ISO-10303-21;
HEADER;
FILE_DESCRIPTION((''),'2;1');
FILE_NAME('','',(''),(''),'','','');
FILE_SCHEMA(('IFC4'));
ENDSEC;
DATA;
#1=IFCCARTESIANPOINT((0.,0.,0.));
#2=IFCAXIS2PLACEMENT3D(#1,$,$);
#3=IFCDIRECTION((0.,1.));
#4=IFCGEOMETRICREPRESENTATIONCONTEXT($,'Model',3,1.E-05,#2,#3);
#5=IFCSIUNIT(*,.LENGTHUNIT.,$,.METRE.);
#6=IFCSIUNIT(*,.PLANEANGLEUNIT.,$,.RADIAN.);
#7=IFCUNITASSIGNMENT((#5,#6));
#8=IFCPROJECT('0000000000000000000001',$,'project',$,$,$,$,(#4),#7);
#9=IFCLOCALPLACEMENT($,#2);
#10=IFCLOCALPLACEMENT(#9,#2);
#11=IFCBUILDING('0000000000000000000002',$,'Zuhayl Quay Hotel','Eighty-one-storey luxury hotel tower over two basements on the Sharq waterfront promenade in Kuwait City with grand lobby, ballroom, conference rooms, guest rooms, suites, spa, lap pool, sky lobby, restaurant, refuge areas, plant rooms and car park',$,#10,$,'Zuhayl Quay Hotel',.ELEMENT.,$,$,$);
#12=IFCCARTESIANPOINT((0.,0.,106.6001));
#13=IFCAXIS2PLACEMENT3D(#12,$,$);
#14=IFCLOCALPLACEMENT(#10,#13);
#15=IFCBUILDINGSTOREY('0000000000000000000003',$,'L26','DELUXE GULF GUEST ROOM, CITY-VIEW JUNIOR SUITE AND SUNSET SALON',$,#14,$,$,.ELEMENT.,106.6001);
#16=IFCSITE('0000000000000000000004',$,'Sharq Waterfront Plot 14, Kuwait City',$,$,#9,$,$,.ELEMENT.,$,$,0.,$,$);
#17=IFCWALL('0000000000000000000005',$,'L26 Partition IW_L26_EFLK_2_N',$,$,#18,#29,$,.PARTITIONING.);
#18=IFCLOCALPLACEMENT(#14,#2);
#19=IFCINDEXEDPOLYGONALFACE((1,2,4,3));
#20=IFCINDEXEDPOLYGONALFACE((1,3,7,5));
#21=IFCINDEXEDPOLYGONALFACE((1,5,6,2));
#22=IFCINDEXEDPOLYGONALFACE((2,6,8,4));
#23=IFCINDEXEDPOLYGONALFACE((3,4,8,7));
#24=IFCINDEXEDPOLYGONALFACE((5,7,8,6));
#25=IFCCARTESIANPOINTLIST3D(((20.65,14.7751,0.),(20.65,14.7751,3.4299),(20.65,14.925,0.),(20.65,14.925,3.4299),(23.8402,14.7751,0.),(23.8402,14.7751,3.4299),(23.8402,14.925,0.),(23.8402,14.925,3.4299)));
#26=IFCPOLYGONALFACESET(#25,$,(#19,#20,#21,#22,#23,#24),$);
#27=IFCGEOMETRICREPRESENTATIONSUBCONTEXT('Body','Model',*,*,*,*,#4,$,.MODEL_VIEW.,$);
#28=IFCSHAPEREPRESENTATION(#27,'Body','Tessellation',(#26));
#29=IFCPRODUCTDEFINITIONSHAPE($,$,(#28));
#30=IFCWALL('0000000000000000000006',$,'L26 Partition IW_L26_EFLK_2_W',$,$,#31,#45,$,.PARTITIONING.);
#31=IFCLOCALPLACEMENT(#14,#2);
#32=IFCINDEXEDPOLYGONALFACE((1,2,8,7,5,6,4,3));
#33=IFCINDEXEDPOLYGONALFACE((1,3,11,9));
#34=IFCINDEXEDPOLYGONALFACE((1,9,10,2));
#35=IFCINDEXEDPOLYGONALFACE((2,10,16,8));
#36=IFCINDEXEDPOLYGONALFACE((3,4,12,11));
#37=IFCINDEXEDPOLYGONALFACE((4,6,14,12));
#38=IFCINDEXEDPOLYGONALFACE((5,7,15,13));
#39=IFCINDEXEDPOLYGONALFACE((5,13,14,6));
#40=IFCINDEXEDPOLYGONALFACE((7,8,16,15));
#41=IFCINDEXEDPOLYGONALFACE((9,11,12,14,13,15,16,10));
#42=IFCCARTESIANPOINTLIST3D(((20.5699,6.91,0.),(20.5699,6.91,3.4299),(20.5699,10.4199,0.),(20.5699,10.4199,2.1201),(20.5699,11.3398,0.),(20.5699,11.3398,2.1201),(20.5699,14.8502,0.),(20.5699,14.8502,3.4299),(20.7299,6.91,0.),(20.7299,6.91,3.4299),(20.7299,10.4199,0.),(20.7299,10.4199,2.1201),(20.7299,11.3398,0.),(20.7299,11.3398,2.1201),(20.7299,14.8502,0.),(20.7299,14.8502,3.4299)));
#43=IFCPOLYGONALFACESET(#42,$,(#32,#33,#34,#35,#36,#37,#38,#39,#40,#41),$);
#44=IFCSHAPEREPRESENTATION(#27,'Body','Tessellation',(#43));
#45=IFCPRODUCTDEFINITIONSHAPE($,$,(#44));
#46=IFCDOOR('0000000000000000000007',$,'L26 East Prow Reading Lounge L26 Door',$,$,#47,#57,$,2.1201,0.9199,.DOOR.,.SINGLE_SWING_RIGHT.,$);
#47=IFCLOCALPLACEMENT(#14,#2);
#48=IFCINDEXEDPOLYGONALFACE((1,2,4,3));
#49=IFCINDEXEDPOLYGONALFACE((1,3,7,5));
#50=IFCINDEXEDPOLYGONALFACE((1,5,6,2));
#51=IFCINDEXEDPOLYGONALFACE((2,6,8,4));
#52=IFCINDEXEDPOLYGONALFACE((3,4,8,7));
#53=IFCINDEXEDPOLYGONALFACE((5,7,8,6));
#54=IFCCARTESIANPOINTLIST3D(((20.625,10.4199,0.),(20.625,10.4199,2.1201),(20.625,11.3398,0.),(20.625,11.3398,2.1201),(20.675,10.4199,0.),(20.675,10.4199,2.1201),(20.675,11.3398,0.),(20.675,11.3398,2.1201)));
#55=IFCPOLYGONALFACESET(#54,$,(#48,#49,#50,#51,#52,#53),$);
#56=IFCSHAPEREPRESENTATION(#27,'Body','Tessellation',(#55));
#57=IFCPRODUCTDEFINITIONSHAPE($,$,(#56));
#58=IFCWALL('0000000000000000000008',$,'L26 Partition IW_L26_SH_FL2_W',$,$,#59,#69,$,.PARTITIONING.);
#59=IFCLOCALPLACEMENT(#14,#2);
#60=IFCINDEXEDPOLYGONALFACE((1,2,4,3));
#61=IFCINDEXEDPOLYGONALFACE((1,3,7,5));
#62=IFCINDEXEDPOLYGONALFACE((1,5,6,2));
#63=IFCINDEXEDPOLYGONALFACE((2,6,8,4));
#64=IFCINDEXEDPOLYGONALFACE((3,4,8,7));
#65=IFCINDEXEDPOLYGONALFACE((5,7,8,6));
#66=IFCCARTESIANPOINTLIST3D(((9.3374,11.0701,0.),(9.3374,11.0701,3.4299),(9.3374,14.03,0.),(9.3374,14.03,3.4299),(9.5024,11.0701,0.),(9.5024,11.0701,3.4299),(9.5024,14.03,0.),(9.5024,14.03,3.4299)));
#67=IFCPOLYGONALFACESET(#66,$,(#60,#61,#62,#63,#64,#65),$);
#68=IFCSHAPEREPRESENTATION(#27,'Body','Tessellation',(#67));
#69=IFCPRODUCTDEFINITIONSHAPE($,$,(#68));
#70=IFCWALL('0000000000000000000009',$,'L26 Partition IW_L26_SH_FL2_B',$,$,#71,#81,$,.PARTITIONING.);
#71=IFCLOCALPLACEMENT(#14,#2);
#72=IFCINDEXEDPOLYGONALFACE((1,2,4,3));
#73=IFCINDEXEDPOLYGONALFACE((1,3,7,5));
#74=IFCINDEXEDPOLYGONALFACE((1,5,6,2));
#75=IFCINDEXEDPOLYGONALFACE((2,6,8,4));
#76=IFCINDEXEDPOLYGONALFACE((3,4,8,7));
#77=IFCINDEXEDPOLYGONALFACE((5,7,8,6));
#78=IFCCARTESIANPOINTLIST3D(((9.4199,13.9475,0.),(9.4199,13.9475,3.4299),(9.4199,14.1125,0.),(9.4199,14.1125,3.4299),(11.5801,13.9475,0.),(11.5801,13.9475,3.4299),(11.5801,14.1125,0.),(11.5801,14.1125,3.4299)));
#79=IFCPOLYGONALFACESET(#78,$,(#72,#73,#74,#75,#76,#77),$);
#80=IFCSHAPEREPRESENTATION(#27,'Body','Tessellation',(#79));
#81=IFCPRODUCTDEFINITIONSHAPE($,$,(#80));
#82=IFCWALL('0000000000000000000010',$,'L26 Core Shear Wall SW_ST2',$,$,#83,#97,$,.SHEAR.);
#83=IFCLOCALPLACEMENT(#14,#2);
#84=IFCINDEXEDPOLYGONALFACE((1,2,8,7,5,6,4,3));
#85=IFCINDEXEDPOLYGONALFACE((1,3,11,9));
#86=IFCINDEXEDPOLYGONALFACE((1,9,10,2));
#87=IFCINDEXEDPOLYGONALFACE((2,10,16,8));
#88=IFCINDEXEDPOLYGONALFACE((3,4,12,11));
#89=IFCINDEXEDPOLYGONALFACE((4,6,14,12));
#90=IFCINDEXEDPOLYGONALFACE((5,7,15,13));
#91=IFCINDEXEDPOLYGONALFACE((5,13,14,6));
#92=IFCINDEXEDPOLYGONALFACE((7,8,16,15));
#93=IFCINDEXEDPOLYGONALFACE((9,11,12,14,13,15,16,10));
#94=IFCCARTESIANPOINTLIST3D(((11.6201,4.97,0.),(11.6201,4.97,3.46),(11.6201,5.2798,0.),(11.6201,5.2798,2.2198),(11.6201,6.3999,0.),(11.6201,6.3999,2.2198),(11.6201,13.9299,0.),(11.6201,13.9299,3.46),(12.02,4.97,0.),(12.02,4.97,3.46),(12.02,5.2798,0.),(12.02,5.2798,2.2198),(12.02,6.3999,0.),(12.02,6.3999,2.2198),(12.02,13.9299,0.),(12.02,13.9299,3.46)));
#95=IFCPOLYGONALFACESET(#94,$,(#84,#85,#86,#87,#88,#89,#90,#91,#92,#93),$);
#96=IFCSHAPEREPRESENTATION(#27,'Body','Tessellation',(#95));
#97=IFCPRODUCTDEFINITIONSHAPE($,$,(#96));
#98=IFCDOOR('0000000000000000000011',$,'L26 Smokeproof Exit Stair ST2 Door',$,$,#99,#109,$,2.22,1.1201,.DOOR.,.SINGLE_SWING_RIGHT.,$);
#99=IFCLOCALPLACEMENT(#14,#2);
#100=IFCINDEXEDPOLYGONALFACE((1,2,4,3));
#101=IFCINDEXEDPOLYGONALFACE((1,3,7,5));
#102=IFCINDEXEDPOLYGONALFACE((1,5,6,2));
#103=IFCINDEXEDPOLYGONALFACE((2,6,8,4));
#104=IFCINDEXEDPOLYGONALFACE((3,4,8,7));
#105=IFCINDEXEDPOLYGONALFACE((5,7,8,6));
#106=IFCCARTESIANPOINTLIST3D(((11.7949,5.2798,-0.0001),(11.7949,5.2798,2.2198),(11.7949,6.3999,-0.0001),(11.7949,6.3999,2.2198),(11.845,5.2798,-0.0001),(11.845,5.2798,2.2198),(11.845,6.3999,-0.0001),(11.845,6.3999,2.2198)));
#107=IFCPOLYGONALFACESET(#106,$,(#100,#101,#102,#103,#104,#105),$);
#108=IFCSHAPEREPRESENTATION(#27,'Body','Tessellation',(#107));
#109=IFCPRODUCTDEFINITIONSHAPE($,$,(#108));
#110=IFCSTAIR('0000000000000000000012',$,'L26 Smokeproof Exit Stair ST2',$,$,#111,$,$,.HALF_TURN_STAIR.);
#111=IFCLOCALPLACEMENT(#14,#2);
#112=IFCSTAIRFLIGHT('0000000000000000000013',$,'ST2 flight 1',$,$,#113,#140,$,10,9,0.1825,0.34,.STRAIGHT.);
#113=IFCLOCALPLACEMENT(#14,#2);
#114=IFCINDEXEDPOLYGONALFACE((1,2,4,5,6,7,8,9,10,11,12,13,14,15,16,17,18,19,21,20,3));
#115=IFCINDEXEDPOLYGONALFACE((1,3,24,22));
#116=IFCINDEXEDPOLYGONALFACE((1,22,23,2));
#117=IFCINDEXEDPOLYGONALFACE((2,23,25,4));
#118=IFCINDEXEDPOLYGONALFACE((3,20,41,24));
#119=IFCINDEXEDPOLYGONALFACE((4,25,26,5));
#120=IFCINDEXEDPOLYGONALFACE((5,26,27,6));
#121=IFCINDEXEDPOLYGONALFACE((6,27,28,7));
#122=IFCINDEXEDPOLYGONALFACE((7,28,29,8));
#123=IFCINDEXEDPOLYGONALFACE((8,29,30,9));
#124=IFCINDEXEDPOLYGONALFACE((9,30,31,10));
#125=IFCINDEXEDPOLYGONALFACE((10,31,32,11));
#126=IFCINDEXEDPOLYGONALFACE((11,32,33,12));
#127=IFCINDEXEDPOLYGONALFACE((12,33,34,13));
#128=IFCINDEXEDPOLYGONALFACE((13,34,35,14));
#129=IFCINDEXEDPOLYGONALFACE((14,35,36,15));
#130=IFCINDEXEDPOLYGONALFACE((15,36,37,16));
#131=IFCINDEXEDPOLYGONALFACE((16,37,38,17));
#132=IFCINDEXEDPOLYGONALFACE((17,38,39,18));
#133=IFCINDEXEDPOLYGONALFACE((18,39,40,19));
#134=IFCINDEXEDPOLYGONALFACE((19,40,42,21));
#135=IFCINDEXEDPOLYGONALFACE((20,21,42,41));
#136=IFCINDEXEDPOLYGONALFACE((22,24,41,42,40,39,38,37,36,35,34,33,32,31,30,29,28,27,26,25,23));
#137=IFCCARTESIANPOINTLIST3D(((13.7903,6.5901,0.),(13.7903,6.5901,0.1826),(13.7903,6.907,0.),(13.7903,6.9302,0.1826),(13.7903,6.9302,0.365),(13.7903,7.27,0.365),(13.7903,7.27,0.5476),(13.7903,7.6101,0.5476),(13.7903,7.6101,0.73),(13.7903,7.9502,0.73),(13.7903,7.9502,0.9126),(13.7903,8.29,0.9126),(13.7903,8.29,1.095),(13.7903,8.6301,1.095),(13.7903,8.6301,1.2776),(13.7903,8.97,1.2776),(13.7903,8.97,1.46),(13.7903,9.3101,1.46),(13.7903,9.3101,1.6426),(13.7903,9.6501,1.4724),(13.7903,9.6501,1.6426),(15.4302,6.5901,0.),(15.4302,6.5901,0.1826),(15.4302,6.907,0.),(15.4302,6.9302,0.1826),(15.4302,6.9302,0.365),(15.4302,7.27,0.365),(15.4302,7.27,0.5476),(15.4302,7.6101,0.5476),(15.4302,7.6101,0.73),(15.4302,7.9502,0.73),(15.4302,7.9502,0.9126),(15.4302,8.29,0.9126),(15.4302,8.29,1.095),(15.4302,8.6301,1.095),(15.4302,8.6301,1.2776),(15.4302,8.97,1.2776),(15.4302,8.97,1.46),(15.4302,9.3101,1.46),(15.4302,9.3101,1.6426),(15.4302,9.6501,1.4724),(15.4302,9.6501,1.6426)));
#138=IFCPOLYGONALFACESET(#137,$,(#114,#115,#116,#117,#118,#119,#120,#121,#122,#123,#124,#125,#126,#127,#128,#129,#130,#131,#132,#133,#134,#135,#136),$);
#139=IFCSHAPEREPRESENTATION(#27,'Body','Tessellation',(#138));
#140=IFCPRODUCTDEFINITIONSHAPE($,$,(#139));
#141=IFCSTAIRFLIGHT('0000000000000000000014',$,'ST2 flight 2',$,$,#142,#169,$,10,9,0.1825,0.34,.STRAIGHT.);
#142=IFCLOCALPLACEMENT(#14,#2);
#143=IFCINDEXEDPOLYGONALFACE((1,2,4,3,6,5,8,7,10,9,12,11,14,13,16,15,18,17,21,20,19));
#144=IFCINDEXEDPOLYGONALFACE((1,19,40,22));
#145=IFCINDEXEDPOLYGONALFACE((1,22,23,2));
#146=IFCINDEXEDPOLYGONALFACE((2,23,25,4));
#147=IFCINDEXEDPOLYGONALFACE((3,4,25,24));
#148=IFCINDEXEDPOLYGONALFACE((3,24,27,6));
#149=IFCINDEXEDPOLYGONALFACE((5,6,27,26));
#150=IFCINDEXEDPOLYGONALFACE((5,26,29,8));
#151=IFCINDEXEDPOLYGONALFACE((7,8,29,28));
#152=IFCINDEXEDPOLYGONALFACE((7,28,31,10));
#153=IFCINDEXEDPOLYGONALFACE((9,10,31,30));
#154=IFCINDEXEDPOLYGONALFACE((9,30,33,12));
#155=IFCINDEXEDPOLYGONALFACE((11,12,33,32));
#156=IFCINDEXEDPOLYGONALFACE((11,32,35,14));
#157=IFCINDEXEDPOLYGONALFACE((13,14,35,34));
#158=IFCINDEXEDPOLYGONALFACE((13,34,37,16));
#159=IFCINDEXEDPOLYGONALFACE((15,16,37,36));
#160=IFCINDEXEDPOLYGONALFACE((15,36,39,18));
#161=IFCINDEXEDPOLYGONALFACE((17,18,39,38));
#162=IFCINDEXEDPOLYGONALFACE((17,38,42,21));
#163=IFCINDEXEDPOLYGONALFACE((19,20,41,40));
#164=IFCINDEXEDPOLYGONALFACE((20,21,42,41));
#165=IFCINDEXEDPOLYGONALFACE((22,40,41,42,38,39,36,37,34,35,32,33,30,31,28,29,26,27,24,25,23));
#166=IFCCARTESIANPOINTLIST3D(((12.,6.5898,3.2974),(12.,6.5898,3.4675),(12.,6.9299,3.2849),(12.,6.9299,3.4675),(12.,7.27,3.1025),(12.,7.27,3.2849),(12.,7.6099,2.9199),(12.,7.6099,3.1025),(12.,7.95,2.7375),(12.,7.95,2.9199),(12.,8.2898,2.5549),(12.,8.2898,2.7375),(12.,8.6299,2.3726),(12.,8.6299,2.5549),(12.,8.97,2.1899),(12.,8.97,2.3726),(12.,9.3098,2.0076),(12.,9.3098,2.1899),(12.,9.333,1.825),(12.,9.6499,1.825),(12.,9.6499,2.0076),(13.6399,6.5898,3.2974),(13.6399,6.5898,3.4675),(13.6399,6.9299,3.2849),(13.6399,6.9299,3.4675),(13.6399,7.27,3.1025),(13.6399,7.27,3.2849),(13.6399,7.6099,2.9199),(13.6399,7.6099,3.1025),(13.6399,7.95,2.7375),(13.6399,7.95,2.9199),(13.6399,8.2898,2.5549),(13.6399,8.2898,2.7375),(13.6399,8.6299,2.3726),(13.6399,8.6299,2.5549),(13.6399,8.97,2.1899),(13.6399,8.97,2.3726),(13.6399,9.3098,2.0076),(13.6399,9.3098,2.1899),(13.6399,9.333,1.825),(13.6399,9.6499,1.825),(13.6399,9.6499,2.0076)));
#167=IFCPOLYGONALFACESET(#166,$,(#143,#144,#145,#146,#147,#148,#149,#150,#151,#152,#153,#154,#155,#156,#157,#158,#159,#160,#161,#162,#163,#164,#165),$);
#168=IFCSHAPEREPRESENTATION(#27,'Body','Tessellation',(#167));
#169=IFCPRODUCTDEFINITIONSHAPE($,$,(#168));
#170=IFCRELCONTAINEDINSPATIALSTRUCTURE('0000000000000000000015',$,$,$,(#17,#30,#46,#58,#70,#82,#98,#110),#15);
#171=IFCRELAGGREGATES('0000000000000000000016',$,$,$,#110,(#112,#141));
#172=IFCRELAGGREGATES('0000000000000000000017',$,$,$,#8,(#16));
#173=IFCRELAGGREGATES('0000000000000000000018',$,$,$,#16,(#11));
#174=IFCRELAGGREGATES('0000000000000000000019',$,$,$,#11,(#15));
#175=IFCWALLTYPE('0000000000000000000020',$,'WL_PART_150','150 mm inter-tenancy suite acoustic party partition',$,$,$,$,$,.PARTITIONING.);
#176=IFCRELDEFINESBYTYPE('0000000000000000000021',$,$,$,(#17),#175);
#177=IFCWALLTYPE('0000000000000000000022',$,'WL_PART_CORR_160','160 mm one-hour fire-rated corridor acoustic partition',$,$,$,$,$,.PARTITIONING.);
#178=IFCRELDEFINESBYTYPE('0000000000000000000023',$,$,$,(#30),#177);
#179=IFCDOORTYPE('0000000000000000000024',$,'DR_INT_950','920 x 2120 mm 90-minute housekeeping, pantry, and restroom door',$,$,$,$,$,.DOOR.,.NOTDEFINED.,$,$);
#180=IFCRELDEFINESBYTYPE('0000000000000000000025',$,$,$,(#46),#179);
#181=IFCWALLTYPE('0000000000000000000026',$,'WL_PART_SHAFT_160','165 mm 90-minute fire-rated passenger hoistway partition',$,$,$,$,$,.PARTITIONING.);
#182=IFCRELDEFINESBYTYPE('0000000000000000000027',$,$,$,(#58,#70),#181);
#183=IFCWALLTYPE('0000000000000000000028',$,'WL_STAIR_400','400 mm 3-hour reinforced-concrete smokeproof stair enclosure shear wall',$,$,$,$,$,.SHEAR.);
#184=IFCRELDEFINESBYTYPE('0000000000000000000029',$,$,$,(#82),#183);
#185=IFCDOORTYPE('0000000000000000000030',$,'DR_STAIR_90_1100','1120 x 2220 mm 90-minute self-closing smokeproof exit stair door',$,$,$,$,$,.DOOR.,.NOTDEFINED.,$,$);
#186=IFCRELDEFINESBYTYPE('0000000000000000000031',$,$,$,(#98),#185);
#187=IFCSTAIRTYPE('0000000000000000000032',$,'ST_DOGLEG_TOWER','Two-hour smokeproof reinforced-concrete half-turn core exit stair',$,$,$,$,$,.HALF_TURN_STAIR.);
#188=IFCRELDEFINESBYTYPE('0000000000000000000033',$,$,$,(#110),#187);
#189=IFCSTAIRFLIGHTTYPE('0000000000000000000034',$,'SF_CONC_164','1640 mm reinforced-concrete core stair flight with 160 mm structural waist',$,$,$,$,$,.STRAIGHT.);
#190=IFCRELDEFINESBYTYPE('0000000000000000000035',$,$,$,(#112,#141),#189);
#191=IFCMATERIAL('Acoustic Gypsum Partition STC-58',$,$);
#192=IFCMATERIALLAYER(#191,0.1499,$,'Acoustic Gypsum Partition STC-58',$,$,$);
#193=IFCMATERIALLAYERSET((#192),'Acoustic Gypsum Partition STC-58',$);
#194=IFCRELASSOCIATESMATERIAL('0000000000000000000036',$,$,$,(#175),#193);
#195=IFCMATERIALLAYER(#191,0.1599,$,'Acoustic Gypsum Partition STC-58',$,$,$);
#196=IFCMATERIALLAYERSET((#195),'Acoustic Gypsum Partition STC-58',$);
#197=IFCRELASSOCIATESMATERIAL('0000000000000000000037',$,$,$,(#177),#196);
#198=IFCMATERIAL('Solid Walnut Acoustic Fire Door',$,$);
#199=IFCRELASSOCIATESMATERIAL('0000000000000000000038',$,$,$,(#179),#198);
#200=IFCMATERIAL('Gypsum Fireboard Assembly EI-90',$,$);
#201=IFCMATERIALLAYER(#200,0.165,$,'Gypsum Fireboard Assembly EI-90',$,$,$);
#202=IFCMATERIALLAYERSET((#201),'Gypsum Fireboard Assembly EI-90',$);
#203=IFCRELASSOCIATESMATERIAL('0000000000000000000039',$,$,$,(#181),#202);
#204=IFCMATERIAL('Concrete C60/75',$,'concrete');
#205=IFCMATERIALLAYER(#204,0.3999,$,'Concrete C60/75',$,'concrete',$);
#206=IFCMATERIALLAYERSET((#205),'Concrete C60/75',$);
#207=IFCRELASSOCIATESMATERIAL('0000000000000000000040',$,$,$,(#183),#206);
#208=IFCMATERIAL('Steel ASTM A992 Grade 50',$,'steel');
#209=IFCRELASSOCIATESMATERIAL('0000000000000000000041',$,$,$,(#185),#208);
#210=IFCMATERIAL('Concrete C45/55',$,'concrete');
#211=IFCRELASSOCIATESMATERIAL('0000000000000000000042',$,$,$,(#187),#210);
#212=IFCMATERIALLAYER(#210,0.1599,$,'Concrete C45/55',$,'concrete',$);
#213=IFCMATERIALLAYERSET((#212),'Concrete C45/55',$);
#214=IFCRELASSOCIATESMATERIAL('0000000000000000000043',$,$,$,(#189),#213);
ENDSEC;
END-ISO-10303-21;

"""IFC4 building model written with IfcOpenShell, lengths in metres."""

from ifc_helpers import new_model, si_unit, direction, frame, frame_2d, origin, place, context, subcontext, project, spatial, polyline, rectangle, outline, extrude, material, layer, layer_set, type_object, element, fill, aggregate, save


model = new_model("IFC4")

# Units and contexts
model_context = context("Model", 3, precision=1e-05, world=origin(), true_north=direction((0.0, 1.0)))
body_context = subcontext(model_context, "Body", "Model", "MODEL_VIEW")
ifc_project = project(units=[si_unit("LENGTHUNIT", "METRE"), si_unit("PLANEANGLEUNIT", "RADIAN")], contexts=[model_context])

# Site, building, storey
site_placement = place(None, origin())
site = spatial("IfcSite", under=ifc_project, at=site_placement, Name="Sharq Waterfront Plot 14, Kuwait City", CompositionType="ELEMENT", RefElevation=0.0)
building_placement = place(site_placement, origin())
building = spatial("IfcBuilding", under=site, at=building_placement, Name="Zuhayl Quay Hotel", Description="Eighty-one-storey luxury hotel tower over two basements on the Sharq waterfront promenade in Kuwait City with grand lobby, ballroom, conference rooms, guest rooms, suites, spa, lap pool, sky lobby, restaurant, refuge areas, plant rooms and car park", LongName="Zuhayl Quay Hotel", CompositionType="ELEMENT")
storey_placement = place(building_placement, frame((0.0, 0.0, 106.6001)))
storey = spatial("IfcBuildingStorey", under=building, at=storey_placement, Name="L26", Description="DELUXE GULF GUEST ROOM, CITY-VIEW JUNIOR SUITE AND SUNSET SALON", CompositionType="ELEMENT", Elevation=106.6001)

# Shared definitions
ifc_material_1 = material(Name="Steel ASTM A992 Grade 50", Category="steel")

# Shared definitions
ifc_material_2 = material(Name="Concrete C60/75", Category="concrete")

# Wall
ifc_material_3 = material(Name="Acoustic Gypsum Partition STC-58")
ifc_layer_1 = layer(ifc_material_3, 0.1499, Name="Acoustic Gypsum Partition STC-58")
ifc_layer_set_1 = layer_set([ifc_layer_1], Name="Acoustic Gypsum Partition STC-58")
wall_type_1 = type_object("IfcWallType", Name="WL_PART_150", Description="150 mm inter-tenancy suite acoustic party partition", PredefinedType="PARTITIONING", material=ifc_layer_set_1)
wall_1_placement = place(storey_placement, frame((20.6499, 14.8501, 0.0), z_axis=(0.0, 0.0, 1.0), x_axis=(1.0, 0.0, 0.0)))
element("IfcWall", 1, at=wall_1_placement, inside=storey, type_object=wall_type_1, Name="L26 Partition IW_L26_EFLK_2_N", PredefinedType="PARTITIONING", context=body_context, shape_type="SweptSolid", body=[
    extrude(rectangle(XDim=3.1902, YDim=0.1499, at=frame_2d((1.5952, 0.0))), origin(), (0.0, 0.0, 1.0), 3.4299),
])

# Wall, opening, door
ifc_layer_2 = layer(ifc_material_3, 0.1599, Name="Acoustic Gypsum Partition STC-58")
ifc_layer_set_2 = layer_set([ifc_layer_2], Name="Acoustic Gypsum Partition STC-58")
wall_type_2 = type_object("IfcWallType", Name="WL_PART_CORR_160", Description="160 mm one-hour fire-rated corridor acoustic partition", PredefinedType="PARTITIONING", material=ifc_layer_set_2)
ifc_material_4 = material(Name="Solid Walnut Acoustic Fire Door")
wall_2_placement = place(storey_placement, frame((20.6499, 6.9099, 0.0), z_axis=(0.0, 0.0, 1.0), x_axis=(0.0, 1.0, 0.0)))
wall_2 = element("IfcWall", 2, at=wall_2_placement, inside=storey, type_object=wall_type_2, Name="L26 Partition IW_L26_EFLK_2_W", PredefinedType="PARTITIONING", context=body_context, shape_type="SweptSolid", body=[
    extrude(rectangle(XDim=7.9402, YDim=0.1599, at=frame_2d((3.9702, 0.0))), origin(), (0.0, 0.0, 1.0), 3.4299),
])
opening_1_placement = place(wall_2_placement, frame((3.51, 0.0, 0.0)))
opening_1 = element("IfcOpeningElement", 3, at=opening_1_placement, cuts=wall_2, PredefinedType="OPENING", context=body_context, shape_type="SweptSolid", body=[
    extrude(rectangle(XDim=0.9199, YDim=2.1201, at=frame_2d((0.46, 1.0601))), frame((0.0, 0.0898, 0.0), z_axis=(0.0, -1.0, 0.0), x_axis=(1.0, 0.0, 0.0)), (0.0, 0.0, 1.0), 0.1799),
])
door_type_1 = type_object("IfcDoorType", Name="DR_INT_950", Description="920 x 2120 mm 90-minute housekeeping, pantry, and restroom door", OperationType="NOTDEFINED", PredefinedType="DOOR", material=ifc_material_4)
door_1_placement = place(opening_1_placement, origin())
door_1 = element("IfcDoor", 4, at=door_1_placement, inside=storey, type_object=door_type_1, Name="L26 East Prow Reading Lounge L26 Door", OperationType="SINGLE_SWING_RIGHT", OverallHeight=2.1201, OverallWidth=0.9199, PredefinedType="DOOR", context=body_context, shape_type="SweptSolid", body=[
    extrude(rectangle(XDim=0.9199, YDim=2.1201, at=frame_2d((0.46, 1.0601))), frame((0.0, 0.0249, 0.0), z_axis=(0.0, -1.0, 0.0), x_axis=(1.0, 0.0, 0.0)), (0.0, 0.0, 1.0), 0.05),
])
fill(opening_1, door_1)

# Walls
ifc_material_5 = material(Name="Gypsum Fireboard Assembly EI-90")
ifc_layer_3 = layer(ifc_material_5, 0.165, Name="Gypsum Fireboard Assembly EI-90")
ifc_layer_set_3 = layer_set([ifc_layer_3], Name="Gypsum Fireboard Assembly EI-90")
wall_type_3 = type_object("IfcWallType", Name="WL_PART_SHAFT_160", Description="165 mm 90-minute fire-rated passenger hoistway partition", PredefinedType="PARTITIONING", material=ifc_layer_set_3)
wall_3_placement = place(storey_placement, frame((9.4199, 11.0701, 0.0), z_axis=(0.0, 0.0, 1.0), x_axis=(0.0, 1.0, 0.0)))
element("IfcWall", 5, at=wall_3_placement, inside=storey, type_object=wall_type_3, Name="L26 Partition IW_L26_SH_FL2_W", PredefinedType="PARTITIONING", context=body_context, shape_type="SweptSolid", body=[
    extrude(rectangle(XDim=2.96, YDim=0.165, at=frame_2d((1.48, 0.0))), origin(), (0.0, 0.0, 1.0), 3.4299),
])
wall_4_placement = place(storey_placement, frame((9.4199, 14.03, 0.0), z_axis=(0.0, 0.0, 1.0), x_axis=(1.0, 0.0, 0.0)))
element("IfcWall", 6, at=wall_4_placement, inside=storey, type_object=wall_type_3, Name="L26 Partition IW_L26_SH_FL2_B", PredefinedType="PARTITIONING", context=body_context, shape_type="SweptSolid", body=[
    extrude(rectangle(XDim=2.1602, YDim=0.165, at=frame_2d((1.0801, 0.0))), origin(), (0.0, 0.0, 1.0), 3.4299),
])

# Wall, opening, door
ifc_layer_4 = layer(ifc_material_2, 0.3999, Name="Concrete C60/75", Category="concrete")
ifc_layer_set_4 = layer_set([ifc_layer_4], Name="Concrete C60/75")
wall_type_4 = type_object("IfcWallType", Name="WL_STAIR_400", Description="400 mm 3-hour reinforced-concrete smokeproof stair enclosure shear wall", PredefinedType="SHEAR", material=ifc_layer_set_4)
wall_5_placement = place(storey_placement, frame((11.8201, 13.9299, 0.0), z_axis=(0.0, 0.0, 1.0), x_axis=(0.0, -1.0, 0.0)))
wall_5 = element("IfcWall", 7, at=wall_5_placement, inside=storey, type_object=wall_type_4, Name="L26 Core Shear Wall SW_ST2", PredefinedType="SHEAR", context=body_context, shape_type="SweptSolid", body=[
    extrude(rectangle(XDim=8.96, YDim=0.3999, at=frame_2d((4.48, 0.0))), origin(), (0.0, 0.0, 1.0), 3.46),
])
opening_2_placement = place(wall_5_placement, frame((7.53, 0.0, 0.0)))
opening_2 = element("IfcOpeningElement", 8, at=opening_2_placement, cuts=wall_5, PredefinedType="OPENING", context=body_context, shape_type="SweptSolid", body=[
    extrude(rectangle(XDim=1.1201, YDim=2.22, at=frame_2d((0.5601, 1.1099))), frame((0.0, 0.21, 0.0), z_axis=(0.0, -1.0, 0.0), x_axis=(1.0, 0.0, 0.0)), (0.0, 0.0, 1.0), 0.4199),
])
door_type_2 = type_object("IfcDoorType", Name="DR_STAIR_90_1100", Description="1120 x 2220 mm 90-minute self-closing smokeproof exit stair door", OperationType="NOTDEFINED", PredefinedType="DOOR", material=ifc_material_1)
door_2_placement = place(opening_2_placement, origin())
door_2 = element("IfcDoor", 9, at=door_2_placement, inside=storey, type_object=door_type_2, Name="L26 Smokeproof Exit Stair ST2 Door", OperationType="SINGLE_SWING_RIGHT", OverallHeight=2.22, OverallWidth=1.1201, PredefinedType="DOOR", context=body_context, shape_type="SweptSolid", body=[
    extrude(rectangle(XDim=1.1201, YDim=2.22, at=frame_2d((0.5601, 1.1099))), frame((0.0, 0.0249, 0.0), z_axis=(0.0, -1.0, 0.0), x_axis=(1.0, 0.0, 0.0)), (0.0, 0.0, 1.0), 0.05),
])
fill(opening_2, door_2)

# Stair, stair flights
ifc_material_6 = material(Name="Concrete C45/55", Category="concrete")
stair_type = type_object("IfcStairType", Name="ST_DOGLEG_TOWER", Description="Two-hour smokeproof reinforced-concrete half-turn core exit stair", PredefinedType="HALF_TURN_STAIR", material=ifc_material_6)
stair_placement = place(storey_placement, origin())
stair = element("IfcStair", 10, at=stair_placement, inside=storey, type_object=stair_type, Name="L26 Smokeproof Exit Stair ST2", PredefinedType="HALF_TURN_STAIR")
ifc_layer_5 = layer(ifc_material_6, 0.1599, Name="Concrete C45/55", Category="concrete")
ifc_layer_set_5 = layer_set([ifc_layer_5], Name="Concrete C45/55")
stair_flight_type = type_object("IfcStairFlightType", Name="SF_CONC_164", Description="1640 mm reinforced-concrete core stair flight with 160 mm structural waist", PredefinedType="STRAIGHT", material=ifc_layer_set_5)
stair_flight_1_placement = place(storey_placement, frame((14.6101, 6.5901, 0.0), z_axis=(0.0, 0.0, 1.0), x_axis=(0.0, 1.0, 0.0)))
stair_flight_1 = element("IfcStairFlight", 11, at=stair_flight_1_placement, type_object=stair_flight_type, Name="ST2 flight 1", NumberOfRisers=10, NumberOfTreads=9, PredefinedType="STRAIGHT", RiserHeight=0.1825, TreadLength=0.34, context=body_context, shape_type="SweptSolid", body=[
    extrude(outline(polyline([(0.0, 0.0), (0.0, 0.1826), (0.3401, 0.1826), (0.3401, 0.365), (0.6799, 0.365), (0.6799, 0.5476), (1.02, 0.5476), (1.02, 0.73), (1.3601, 0.73), (1.3601, 0.9126), (1.7, 0.9126), (1.7, 1.095), (2.04, 1.095), (2.04, 1.2776), (2.3799, 1.2776), (2.3799, 1.46), (2.72, 1.46), (2.72, 1.6426), (3.0601, 1.6426), (3.0601, 1.825), (3.0601, 1.4724), (0.3169, 0.0), (0.0, 0.0)])), frame((0.0, 0.8198, 0.0), z_axis=(0.0, -1.0, 0.0), x_axis=(1.0, 0.0, 0.0)), (0.0, 0.0, 1.0), 1.6399),
])
stair_flight_2_placement = place(storey_placement, frame((12.8201, 9.6499, 1.825), z_axis=(0.0, 0.0, 1.0), x_axis=(0.0, -1.0, 0.0)))
stair_flight_2 = element("IfcStairFlight", 12, at=stair_flight_2_placement, type_object=stair_flight_type, Name="ST2 flight 2", NumberOfRisers=10, NumberOfTreads=9, PredefinedType="STRAIGHT", RiserHeight=0.1825, TreadLength=0.34, context=body_context, shape_type="SweptSolid", body=[
    extrude(outline(polyline([(0.0, 0.0), (0.0, 0.1826), (0.3401, 0.1826), (0.3401, 0.365), (0.6799, 0.365), (0.6799, 0.5476), (1.02, 0.5476), (1.02, 0.73), (1.3601, 0.73), (1.3601, 0.9126), (1.7, 0.9126), (1.7, 1.095), (2.04, 1.095), (2.04, 1.2776), (2.3799, 1.2776), (2.3799, 1.46), (2.72, 1.46), (2.72, 1.6426), (3.0601, 1.6426), (3.0601, 1.825), (3.0601, 1.4724), (0.3169, 0.0), (0.0, 0.0)])), frame((0.0, 0.8198, 0.0), z_axis=(0.0, -1.0, 0.0), x_axis=(1.0, 0.0, 0.0)), (0.0, 0.0, 1.0), 1.6399),
])
aggregate(stair, [stair_flight_1, stair_flight_2])

save(model, "model.ifc")
